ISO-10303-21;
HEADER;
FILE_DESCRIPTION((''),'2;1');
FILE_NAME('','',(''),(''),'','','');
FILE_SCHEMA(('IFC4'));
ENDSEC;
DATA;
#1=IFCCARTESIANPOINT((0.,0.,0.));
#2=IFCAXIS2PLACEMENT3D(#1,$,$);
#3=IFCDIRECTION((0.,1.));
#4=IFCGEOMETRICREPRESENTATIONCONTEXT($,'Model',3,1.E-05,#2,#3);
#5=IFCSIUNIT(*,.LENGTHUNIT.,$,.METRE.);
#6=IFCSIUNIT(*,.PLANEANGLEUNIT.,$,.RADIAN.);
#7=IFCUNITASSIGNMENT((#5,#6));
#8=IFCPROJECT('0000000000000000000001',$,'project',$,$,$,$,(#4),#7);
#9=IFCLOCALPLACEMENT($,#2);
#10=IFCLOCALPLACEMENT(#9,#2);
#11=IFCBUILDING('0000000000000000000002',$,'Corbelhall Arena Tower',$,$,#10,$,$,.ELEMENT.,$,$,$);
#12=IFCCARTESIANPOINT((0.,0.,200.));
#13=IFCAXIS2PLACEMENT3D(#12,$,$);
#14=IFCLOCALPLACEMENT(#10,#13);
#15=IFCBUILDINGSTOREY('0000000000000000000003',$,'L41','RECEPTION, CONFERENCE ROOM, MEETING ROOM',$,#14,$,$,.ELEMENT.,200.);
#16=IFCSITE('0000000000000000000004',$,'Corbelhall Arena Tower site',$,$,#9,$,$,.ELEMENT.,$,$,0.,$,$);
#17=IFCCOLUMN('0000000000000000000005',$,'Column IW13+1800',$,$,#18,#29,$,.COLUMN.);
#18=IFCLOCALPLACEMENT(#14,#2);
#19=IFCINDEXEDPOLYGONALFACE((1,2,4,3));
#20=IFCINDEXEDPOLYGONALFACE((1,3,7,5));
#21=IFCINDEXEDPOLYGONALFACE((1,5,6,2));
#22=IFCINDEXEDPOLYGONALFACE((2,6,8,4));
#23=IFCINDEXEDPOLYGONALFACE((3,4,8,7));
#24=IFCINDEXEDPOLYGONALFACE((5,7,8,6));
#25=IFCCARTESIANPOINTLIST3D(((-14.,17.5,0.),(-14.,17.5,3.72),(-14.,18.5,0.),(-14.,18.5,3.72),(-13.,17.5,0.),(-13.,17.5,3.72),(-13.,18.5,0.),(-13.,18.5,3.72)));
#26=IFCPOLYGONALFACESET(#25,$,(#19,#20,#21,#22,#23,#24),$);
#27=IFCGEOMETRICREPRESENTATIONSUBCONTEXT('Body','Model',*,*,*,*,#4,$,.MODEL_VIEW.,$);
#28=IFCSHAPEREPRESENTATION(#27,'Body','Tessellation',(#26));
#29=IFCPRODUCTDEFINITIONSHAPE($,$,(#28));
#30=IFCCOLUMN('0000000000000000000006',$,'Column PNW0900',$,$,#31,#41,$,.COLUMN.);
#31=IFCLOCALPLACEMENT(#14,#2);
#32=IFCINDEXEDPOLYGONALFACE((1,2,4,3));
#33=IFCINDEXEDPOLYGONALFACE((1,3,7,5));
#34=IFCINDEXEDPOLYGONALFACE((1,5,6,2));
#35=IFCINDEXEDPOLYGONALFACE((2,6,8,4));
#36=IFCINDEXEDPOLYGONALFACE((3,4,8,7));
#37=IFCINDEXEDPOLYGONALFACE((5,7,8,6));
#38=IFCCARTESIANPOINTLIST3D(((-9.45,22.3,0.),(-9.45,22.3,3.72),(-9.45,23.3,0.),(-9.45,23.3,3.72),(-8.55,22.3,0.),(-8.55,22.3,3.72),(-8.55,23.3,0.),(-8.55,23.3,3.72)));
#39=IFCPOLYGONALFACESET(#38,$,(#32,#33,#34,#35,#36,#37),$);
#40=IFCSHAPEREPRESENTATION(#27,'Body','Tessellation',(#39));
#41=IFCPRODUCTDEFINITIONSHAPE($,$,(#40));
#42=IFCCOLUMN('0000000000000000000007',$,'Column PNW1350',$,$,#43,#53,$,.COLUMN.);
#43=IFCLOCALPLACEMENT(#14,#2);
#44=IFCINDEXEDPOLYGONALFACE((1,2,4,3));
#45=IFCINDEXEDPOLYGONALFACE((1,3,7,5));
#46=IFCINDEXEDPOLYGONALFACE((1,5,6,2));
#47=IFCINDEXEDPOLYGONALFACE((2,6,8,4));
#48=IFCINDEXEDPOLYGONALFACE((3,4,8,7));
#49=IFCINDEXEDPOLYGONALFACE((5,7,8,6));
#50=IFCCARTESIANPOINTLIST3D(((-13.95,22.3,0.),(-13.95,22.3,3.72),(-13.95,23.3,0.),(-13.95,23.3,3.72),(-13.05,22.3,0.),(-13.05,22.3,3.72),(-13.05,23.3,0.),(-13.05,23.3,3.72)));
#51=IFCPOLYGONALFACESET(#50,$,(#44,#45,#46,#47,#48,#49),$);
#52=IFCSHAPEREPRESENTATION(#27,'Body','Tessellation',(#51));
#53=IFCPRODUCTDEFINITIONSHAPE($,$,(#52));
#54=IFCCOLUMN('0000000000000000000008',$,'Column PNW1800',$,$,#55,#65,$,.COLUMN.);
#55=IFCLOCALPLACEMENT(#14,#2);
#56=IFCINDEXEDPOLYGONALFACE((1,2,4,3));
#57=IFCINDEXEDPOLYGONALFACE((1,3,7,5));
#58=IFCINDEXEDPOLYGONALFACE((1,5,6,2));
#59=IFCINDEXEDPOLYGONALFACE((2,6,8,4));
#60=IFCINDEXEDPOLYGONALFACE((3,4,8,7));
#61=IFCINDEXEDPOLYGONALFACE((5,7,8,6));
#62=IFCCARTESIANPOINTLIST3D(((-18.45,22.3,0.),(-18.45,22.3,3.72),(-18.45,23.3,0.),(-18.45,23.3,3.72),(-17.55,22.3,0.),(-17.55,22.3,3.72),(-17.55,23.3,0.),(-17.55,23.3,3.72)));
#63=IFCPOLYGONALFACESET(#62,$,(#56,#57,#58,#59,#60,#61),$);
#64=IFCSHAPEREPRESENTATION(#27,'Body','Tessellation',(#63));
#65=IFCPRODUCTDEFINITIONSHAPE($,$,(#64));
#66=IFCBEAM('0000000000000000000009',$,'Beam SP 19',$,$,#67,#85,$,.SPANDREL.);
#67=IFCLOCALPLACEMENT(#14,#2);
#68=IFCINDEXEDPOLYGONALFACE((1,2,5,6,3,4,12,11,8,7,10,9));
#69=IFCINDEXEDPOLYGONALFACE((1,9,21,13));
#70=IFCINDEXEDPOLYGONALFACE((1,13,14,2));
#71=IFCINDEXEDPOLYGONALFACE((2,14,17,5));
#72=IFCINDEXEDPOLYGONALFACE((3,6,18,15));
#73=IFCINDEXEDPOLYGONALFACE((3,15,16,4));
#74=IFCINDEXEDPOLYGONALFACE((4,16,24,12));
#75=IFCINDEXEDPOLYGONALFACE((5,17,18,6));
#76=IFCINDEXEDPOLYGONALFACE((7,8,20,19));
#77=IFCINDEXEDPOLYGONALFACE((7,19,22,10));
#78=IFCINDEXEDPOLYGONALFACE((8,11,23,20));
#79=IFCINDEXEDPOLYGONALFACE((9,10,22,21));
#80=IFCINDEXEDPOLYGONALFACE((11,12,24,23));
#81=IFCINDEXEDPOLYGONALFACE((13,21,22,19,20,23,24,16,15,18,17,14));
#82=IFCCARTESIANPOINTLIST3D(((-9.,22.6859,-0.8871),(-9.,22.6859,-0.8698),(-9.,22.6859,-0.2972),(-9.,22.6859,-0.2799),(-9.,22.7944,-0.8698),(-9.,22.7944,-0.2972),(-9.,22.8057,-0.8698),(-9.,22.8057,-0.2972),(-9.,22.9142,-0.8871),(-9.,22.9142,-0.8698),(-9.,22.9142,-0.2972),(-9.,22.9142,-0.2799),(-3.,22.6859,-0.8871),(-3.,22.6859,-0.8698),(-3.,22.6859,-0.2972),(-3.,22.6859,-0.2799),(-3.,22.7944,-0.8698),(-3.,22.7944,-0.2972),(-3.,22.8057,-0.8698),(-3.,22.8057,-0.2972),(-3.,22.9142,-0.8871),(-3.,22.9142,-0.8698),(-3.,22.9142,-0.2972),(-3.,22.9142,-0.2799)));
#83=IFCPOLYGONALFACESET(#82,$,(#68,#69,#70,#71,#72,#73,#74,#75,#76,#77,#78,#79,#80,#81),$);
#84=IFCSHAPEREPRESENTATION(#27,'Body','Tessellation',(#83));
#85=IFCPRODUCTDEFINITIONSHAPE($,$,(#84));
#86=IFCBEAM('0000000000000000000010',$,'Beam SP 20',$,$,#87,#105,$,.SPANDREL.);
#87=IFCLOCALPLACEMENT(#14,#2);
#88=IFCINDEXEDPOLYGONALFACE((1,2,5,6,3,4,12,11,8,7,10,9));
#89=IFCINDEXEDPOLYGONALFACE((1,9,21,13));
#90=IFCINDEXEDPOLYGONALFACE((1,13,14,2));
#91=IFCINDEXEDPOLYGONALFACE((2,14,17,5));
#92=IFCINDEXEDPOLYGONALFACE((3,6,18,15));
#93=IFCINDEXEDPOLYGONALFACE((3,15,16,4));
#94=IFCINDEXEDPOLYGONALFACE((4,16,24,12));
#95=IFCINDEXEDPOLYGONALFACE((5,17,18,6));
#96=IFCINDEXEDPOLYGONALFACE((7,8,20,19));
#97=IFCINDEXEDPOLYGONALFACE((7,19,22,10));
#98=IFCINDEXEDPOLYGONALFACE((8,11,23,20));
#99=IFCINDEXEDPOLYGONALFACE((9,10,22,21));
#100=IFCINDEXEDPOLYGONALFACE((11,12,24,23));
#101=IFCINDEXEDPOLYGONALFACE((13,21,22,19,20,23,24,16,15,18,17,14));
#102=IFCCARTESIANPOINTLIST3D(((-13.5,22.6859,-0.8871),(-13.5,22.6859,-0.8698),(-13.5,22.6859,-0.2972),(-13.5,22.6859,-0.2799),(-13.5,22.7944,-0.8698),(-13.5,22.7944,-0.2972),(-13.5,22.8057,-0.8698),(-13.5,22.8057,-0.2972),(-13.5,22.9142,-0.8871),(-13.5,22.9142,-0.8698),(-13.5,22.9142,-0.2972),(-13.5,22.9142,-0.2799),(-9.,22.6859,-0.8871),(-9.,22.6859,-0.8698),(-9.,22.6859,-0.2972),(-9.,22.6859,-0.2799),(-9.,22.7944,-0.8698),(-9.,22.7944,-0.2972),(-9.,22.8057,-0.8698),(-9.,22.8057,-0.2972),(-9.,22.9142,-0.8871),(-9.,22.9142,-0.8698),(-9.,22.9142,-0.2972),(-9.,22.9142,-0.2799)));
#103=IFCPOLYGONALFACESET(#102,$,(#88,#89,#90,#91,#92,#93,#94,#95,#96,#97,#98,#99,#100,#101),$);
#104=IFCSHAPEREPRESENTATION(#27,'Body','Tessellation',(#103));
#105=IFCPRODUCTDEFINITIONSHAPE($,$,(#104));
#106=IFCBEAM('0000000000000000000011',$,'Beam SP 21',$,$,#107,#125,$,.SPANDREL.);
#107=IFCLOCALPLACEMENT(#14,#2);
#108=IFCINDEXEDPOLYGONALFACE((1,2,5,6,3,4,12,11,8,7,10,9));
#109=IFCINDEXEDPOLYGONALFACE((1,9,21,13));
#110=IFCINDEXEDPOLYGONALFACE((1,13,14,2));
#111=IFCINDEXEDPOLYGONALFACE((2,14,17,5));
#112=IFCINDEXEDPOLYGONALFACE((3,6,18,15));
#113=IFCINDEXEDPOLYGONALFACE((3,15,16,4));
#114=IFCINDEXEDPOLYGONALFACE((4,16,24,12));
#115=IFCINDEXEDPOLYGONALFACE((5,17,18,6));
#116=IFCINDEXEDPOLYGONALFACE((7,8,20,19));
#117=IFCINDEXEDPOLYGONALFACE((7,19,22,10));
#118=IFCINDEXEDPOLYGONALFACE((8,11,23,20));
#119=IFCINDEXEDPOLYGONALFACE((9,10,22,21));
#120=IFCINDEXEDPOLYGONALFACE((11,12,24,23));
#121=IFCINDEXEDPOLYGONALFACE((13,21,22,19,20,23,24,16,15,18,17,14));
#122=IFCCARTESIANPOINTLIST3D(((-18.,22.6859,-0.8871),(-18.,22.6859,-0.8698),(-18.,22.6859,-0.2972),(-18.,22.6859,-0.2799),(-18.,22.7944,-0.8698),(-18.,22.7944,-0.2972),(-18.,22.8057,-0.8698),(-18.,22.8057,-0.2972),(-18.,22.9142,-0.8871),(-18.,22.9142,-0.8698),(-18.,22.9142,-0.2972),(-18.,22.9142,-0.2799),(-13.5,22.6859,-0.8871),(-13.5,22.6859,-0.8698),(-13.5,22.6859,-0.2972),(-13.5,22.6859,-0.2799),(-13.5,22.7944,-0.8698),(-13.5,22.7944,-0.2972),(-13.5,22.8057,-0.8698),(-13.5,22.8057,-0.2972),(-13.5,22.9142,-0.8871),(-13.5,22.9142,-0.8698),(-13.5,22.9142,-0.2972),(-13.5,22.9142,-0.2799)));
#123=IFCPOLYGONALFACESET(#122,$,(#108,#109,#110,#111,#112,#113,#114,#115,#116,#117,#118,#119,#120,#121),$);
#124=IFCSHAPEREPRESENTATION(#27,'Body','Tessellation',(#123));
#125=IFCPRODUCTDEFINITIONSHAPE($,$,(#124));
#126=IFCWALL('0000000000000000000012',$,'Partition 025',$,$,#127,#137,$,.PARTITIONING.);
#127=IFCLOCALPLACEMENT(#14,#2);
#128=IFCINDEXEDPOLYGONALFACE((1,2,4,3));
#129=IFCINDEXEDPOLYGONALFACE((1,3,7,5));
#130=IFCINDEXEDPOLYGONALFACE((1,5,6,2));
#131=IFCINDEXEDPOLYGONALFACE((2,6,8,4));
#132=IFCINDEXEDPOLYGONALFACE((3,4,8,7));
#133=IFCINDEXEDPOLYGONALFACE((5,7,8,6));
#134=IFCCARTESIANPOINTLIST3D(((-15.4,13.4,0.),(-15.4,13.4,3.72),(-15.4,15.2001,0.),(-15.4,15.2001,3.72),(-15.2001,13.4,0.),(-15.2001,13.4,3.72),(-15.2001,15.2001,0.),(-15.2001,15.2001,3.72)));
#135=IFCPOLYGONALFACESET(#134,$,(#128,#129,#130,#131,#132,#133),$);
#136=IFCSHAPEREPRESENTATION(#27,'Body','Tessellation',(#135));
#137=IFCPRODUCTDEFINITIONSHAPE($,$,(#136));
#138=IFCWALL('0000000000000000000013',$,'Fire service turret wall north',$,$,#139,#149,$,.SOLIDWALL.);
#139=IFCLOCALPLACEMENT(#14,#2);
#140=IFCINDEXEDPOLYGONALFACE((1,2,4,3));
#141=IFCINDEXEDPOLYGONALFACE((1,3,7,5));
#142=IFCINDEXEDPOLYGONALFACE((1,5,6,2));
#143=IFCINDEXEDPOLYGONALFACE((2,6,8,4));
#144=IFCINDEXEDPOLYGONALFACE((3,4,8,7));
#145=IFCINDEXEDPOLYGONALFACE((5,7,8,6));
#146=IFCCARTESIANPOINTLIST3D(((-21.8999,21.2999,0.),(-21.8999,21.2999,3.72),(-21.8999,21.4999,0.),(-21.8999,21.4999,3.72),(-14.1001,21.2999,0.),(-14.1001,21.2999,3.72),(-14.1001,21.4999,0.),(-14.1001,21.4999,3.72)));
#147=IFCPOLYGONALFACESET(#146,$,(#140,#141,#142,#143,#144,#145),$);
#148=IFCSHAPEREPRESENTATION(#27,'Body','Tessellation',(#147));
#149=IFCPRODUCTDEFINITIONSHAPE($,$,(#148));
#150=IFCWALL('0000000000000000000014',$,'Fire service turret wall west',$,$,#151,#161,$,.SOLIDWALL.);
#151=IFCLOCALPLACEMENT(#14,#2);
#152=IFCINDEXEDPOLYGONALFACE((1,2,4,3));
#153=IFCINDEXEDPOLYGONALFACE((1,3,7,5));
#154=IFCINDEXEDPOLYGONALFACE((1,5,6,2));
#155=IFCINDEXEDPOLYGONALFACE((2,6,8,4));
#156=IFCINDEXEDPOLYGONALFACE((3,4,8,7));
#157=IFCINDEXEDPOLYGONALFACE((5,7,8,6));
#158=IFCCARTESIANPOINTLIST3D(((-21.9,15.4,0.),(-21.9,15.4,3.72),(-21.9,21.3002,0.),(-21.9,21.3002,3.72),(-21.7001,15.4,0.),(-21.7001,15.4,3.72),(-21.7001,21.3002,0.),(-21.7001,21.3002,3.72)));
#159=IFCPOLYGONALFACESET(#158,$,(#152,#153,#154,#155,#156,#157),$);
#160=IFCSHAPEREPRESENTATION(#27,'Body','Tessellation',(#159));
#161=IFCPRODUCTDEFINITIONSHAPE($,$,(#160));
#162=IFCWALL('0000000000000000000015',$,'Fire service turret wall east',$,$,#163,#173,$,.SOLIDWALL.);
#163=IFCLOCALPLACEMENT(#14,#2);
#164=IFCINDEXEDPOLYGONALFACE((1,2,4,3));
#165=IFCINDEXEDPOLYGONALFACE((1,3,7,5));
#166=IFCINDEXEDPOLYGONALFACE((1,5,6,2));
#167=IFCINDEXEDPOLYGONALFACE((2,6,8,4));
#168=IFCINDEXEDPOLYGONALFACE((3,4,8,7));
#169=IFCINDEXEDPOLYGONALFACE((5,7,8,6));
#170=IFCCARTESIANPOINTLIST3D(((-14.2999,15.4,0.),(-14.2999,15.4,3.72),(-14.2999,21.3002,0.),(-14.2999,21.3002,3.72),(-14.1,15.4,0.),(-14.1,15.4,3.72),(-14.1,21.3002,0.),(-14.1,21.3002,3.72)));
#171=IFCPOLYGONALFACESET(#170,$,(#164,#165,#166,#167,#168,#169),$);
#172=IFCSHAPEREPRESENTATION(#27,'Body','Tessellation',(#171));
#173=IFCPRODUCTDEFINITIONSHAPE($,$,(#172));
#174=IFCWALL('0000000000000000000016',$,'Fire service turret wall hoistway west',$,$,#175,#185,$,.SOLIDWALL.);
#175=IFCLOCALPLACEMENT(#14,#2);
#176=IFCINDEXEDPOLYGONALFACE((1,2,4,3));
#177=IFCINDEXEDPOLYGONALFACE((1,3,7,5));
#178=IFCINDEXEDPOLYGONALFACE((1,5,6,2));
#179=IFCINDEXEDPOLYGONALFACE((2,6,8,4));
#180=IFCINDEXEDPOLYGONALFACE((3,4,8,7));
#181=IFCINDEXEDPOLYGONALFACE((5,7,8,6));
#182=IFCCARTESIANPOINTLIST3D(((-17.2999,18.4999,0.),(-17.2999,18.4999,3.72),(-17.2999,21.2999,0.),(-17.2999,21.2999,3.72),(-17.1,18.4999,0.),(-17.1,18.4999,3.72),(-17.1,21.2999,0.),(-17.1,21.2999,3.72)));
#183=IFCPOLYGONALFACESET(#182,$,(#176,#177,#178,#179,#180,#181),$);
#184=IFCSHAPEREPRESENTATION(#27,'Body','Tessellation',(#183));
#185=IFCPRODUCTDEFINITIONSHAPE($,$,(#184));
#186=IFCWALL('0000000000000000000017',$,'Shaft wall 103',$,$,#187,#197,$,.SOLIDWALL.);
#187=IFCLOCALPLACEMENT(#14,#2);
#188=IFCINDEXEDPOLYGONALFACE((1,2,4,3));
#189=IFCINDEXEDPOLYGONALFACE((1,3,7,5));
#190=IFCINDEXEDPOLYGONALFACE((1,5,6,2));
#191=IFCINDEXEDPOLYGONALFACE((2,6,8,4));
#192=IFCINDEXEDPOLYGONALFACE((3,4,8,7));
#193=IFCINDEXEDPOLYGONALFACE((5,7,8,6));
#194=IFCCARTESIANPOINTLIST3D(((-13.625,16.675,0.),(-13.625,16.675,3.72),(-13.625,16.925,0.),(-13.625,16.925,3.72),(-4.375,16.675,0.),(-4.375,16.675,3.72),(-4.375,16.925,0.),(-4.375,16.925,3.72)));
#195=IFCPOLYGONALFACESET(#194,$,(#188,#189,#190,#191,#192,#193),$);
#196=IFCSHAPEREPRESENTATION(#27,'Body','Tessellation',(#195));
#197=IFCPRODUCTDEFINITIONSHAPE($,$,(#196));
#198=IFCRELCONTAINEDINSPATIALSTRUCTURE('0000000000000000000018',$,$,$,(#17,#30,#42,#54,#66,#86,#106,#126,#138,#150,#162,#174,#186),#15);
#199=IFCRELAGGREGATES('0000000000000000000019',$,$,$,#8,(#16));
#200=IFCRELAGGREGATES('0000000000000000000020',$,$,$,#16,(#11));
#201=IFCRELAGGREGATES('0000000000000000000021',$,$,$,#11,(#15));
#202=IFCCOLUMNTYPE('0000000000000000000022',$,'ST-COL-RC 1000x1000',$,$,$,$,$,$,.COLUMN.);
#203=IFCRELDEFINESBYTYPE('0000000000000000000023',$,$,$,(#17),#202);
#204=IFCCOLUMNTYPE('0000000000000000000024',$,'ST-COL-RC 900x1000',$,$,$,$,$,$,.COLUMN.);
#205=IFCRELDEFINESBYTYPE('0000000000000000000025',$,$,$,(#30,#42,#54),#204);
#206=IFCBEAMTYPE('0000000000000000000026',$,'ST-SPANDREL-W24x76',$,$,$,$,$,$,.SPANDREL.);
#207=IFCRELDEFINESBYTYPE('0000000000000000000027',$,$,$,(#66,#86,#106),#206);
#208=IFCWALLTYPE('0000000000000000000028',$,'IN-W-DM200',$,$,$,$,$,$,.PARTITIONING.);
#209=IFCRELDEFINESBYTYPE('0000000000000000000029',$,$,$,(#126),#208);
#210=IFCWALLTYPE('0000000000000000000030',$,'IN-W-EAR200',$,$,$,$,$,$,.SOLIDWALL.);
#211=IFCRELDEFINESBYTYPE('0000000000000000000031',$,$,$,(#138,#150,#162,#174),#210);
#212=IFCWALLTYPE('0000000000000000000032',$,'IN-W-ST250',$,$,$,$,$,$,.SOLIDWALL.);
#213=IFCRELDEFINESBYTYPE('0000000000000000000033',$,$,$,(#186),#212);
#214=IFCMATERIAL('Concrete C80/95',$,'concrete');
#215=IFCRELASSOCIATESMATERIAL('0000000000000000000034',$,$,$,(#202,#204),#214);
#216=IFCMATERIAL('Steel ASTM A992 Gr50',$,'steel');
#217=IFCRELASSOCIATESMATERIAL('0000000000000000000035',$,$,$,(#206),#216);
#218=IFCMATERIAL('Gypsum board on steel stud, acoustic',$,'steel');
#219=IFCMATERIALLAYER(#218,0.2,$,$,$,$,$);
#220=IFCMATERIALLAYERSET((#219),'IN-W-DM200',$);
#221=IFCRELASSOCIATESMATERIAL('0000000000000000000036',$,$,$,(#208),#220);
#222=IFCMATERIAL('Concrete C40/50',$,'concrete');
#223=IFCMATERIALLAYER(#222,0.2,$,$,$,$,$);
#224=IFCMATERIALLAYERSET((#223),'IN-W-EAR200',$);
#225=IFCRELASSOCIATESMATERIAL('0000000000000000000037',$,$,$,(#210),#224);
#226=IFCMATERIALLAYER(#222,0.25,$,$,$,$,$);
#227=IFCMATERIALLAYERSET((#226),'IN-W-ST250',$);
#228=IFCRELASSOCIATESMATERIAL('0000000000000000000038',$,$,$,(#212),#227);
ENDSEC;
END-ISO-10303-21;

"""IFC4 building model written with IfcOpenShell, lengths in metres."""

from ifc_helpers import new_model, si_unit, direction, frame, frame_2d, origin, origin_2d, place, context, subcontext, project, spatial, rectangle, i_section, extrude, material, layer, layer_set, material_profile, profile_set, type_object, element, save


model = new_model("IFC4")

# Units and contexts
model_context = context("Model", 3, precision=1e-05, world=origin(), true_north=direction((0.0, 1.0)))
body_context = subcontext(model_context, "Body", "Model", "MODEL_VIEW")
ifc_project = project(units=[si_unit("LENGTHUNIT", "METRE"), si_unit("PLANEANGLEUNIT", "RADIAN")], contexts=[model_context])

# Site, building, storey
site_placement = place(None, origin())
site = spatial("IfcSite", under=ifc_project, at=site_placement, Name="Corbelhall Arena Tower site", CompositionType="ELEMENT", RefElevation=0.0)
building_placement = place(site_placement, origin())
building = spatial("IfcBuilding", under=site, at=building_placement, Name="Corbelhall Arena Tower", CompositionType="ELEMENT")
storey_placement = place(building_placement, frame((0.0, 0.0, 200.0)))
storey = spatial("IfcBuildingStorey", under=building, at=storey_placement, Name="L41", Description="RECEPTION, CONFERENCE ROOM, MEETING ROOM", CompositionType="ELEMENT", Elevation=200.0)

# Columns
ifc_material_1 = material(Name="Concrete C80/95", Category="concrete")
ifc_material_profile_1 = material_profile(ifc_material_1, rectangle(XDim=1.0, YDim=1.0, at=origin_2d()))
ifc_profile_set_1 = profile_set([ifc_material_profile_1], Name="Concrete C80/95")
column_type_1 = type_object("IfcColumnType", Name="ST-COL-RC 1000x1000", PredefinedType="COLUMN", material=ifc_profile_set_1)
column_placement = place(storey_placement, frame((-13.5, 18.0, 0.0), z_axis=(0.0, 0.0, 1.0), x_axis=(1.0, 0.0, 0.0)))
element("IfcColumn", 1, at=column_placement, inside=storey, type_object=column_type_1, Name="Column IW13+1800", PredefinedType="COLUMN", context=body_context, shape_type="SweptSolid", body=[
    extrude(rectangle(XDim=1.0, YDim=1.0, at=origin_2d()), origin(), (0.0, 0.0, 1.0), 3.72),
])
ifc_material_profile_2 = material_profile(ifc_material_1, rectangle(XDim=0.8999, YDim=1.0, at=origin_2d()))
ifc_profile_set_2 = profile_set([ifc_material_profile_2], Name="Concrete C80/95")
column_type_2 = type_object("IfcColumnType", Name="ST-COL-RC 900x1000", PredefinedType="COLUMN", material=ifc_profile_set_2)
for number, where, z_axis, x_axis, name in (
    (2, (-9.0, 22.8, 0.0), (0.0, 0.0, 1.0), (1.0, 0.0, 0.0), "Column PNW0900"),
    (3, (-13.5, 22.8, 0.0), (0.0, 0.0, 1.0), (1.0, 0.0, 0.0), "Column PNW1350"),
    (4, (-18.0, 22.8, 0.0), (0.0, 0.0, 1.0), (1.0, 0.0, 0.0), "Column PNW1800"),
):
    element("IfcColumn", number, at=place(storey_placement, frame(where, z_axis=z_axis, x_axis=x_axis)), inside=storey, type_object=column_type_2, Name=name, PredefinedType="COLUMN", context=body_context, shape_type="SweptSolid", body=[
        extrude(rectangle(XDim=0.8999, YDim=1.0, at=origin_2d()), origin(), (0.0, 0.0, 1.0), 3.72),
    ])

# Beams
ifc_material_2 = material(Name="Steel ASTM A992 Gr50", Category="steel")
ifc_material_profile_3 = material_profile(ifc_material_2, i_section(OverallWidth=0.2283, OverallDepth=0.6072, WebThickness=0.0112, FlangeThickness=0.0173, at=origin_2d()))
ifc_profile_set_3 = profile_set([ifc_material_profile_3], Name="Steel ASTM A992 Gr50")
beam_type = type_object("IfcBeamType", Name="ST-SPANDREL-W24x76", PredefinedType="SPANDREL", material=ifc_profile_set_3)
beam_placement = place(storey_placement, frame((-9.0, 22.8, -0.5835), z_axis=(1.0, 0.0, 0.0), x_axis=(0.0, 1.0, 0.0)))
element("IfcBeam", 5, at=beam_placement, inside=storey, type_object=beam_type, Name="Beam SP 19", PredefinedType="SPANDREL", context=body_context, shape_type="SweptSolid", body=[
    extrude(i_section(OverallWidth=0.2283, OverallDepth=0.6072, WebThickness=0.0112, FlangeThickness=0.0173, at=origin_2d()), origin(), (0.0, 0.0, 1.0), 6.0),
])
for number, where, z_axis, x_axis, name in (
    (6, (-13.5, 22.8, -0.5835), (1.0, 0.0, 0.0), (0.0, 1.0, 0.0), "Beam SP 20"),
    (7, (-18.0, 22.8, -0.5835), (1.0, 0.0, 0.0), (0.0, 1.0, 0.0), "Beam SP 21"),
):
    element("IfcBeam", number, at=place(storey_placement, frame(where, z_axis=z_axis, x_axis=x_axis)), inside=storey, type_object=beam_type, Name=name, PredefinedType="SPANDREL", context=body_context, shape_type="SweptSolid", body=[
        extrude(i_section(OverallWidth=0.2283, OverallDepth=0.6072, WebThickness=0.0112, FlangeThickness=0.0173, at=origin_2d()), origin(), (0.0, 0.0, 1.0), 4.5),
    ])

# Wall
ifc_material_3 = material(Name="Gypsum board on steel stud, acoustic", Category="steel")
ifc_layer_1 = layer(ifc_material_3, 0.2)
ifc_layer_set_1 = layer_set([ifc_layer_1], Name="IN-W-DM200")
wall_type_1 = type_object("IfcWallType", Name="IN-W-DM200", PredefinedType="PARTITIONING", material=ifc_layer_set_1)
wall_1_placement = place(storey_placement, frame((-15.3, 15.2, 0.0), z_axis=(0.0, 0.0, 1.0), x_axis=(0.0, -1.0, 0.0)))
element("IfcWall", 8, at=wall_1_placement, inside=storey, type_object=wall_type_1, Name="Partition 025", PredefinedType="PARTITIONING", context=body_context, shape_type="SweptSolid", body=[
    extrude(rectangle(XDim=1.8, YDim=0.2, at=frame_2d((0.8999, 0.0))), origin(), (0.0, 0.0, 1.0), 3.72),
])

# Shared definitions
ifc_material_4 = material(Name="Concrete C40/50", Category="concrete")
ifc_layer_2 = layer(ifc_material_4, 0.2)
ifc_layer_set_2 = layer_set([ifc_layer_2], Name="IN-W-EAR200")
wall_type_2 = type_object("IfcWallType", Name="IN-W-EAR200", PredefinedType="SOLIDWALL", material=ifc_layer_set_2)

# Walls
wall_2_placement = place(storey_placement, frame((-21.8999, 21.3999, 0.0), z_axis=(0.0, 0.0, 1.0), x_axis=(1.0, 0.0, 0.0)))
element("IfcWall", 9, at=wall_2_placement, inside=storey, type_object=wall_type_2, Name="Fire service turret wall north", PredefinedType="SOLIDWALL", context=body_context, shape_type="SweptSolid", body=[
    extrude(rectangle(XDim=7.7998, YDim=0.2, at=frame_2d((3.8999, 0.0))), origin(), (0.0, 0.0, 1.0), 3.72),
])
for number, where, z_axis, x_axis, name in (
    (10, (-21.8, 15.3999, 0.0), (0.0, 0.0, 1.0), (0.0, 1.0, 0.0), "Fire service turret wall west"),
    (11, (-14.2, 15.3999, 0.0), (0.0, 0.0, 1.0), (0.0, 1.0, 0.0), "Fire service turret wall east"),
):
    element("IfcWall", number, at=place(storey_placement, frame(where, z_axis=z_axis, x_axis=x_axis)), inside=storey, type_object=wall_type_2, Name=name, PredefinedType="SOLIDWALL", context=body_context, shape_type="SweptSolid", body=[
        extrude(rectangle(XDim=5.9001, YDim=0.2, at=frame_2d((2.9502, 0.0))), origin(), (0.0, 0.0, 1.0), 3.72),
    ])

# Wall
wall_3_placement = place(storey_placement, frame((-17.2, 18.5, 0.0), z_axis=(0.0, 0.0, 1.0), x_axis=(0.0, 1.0, 0.0)))
element("IfcWall", 12, at=wall_3_placement, inside=storey, type_object=wall_type_2, Name="Fire service turret wall hoistway west", PredefinedType="SOLIDWALL", context=body_context, shape_type="SweptSolid", body=[
    extrude(rectangle(XDim=2.8, YDim=0.2, at=frame_2d((1.3999, 0.0))), origin(), (0.0, 0.0, 1.0), 3.72),
])

# Wall
ifc_layer_3 = layer(ifc_material_4, 0.25)
ifc_layer_set_3 = layer_set([ifc_layer_3], Name="IN-W-ST250")
wall_type_3 = type_object("IfcWallType", Name="IN-W-ST250", PredefinedType="SOLIDWALL", material=ifc_layer_set_3)
wall_4_placement = place(storey_placement, frame((-13.625, 16.8, 0.0), z_axis=(0.0, 0.0, 1.0), x_axis=(1.0, 0.0, 0.0)))
element("IfcWall", 13, at=wall_4_placement, inside=storey, type_object=wall_type_3, Name="Shaft wall 103", PredefinedType="SOLIDWALL", context=body_context, shape_type="SweptSolid", body=[
    extrude(rectangle(XDim=9.25, YDim=0.25, at=frame_2d((4.625, 0.0))), origin(), (0.0, 0.0, 1.0), 3.72),
])

save(model, "model.ifc")
